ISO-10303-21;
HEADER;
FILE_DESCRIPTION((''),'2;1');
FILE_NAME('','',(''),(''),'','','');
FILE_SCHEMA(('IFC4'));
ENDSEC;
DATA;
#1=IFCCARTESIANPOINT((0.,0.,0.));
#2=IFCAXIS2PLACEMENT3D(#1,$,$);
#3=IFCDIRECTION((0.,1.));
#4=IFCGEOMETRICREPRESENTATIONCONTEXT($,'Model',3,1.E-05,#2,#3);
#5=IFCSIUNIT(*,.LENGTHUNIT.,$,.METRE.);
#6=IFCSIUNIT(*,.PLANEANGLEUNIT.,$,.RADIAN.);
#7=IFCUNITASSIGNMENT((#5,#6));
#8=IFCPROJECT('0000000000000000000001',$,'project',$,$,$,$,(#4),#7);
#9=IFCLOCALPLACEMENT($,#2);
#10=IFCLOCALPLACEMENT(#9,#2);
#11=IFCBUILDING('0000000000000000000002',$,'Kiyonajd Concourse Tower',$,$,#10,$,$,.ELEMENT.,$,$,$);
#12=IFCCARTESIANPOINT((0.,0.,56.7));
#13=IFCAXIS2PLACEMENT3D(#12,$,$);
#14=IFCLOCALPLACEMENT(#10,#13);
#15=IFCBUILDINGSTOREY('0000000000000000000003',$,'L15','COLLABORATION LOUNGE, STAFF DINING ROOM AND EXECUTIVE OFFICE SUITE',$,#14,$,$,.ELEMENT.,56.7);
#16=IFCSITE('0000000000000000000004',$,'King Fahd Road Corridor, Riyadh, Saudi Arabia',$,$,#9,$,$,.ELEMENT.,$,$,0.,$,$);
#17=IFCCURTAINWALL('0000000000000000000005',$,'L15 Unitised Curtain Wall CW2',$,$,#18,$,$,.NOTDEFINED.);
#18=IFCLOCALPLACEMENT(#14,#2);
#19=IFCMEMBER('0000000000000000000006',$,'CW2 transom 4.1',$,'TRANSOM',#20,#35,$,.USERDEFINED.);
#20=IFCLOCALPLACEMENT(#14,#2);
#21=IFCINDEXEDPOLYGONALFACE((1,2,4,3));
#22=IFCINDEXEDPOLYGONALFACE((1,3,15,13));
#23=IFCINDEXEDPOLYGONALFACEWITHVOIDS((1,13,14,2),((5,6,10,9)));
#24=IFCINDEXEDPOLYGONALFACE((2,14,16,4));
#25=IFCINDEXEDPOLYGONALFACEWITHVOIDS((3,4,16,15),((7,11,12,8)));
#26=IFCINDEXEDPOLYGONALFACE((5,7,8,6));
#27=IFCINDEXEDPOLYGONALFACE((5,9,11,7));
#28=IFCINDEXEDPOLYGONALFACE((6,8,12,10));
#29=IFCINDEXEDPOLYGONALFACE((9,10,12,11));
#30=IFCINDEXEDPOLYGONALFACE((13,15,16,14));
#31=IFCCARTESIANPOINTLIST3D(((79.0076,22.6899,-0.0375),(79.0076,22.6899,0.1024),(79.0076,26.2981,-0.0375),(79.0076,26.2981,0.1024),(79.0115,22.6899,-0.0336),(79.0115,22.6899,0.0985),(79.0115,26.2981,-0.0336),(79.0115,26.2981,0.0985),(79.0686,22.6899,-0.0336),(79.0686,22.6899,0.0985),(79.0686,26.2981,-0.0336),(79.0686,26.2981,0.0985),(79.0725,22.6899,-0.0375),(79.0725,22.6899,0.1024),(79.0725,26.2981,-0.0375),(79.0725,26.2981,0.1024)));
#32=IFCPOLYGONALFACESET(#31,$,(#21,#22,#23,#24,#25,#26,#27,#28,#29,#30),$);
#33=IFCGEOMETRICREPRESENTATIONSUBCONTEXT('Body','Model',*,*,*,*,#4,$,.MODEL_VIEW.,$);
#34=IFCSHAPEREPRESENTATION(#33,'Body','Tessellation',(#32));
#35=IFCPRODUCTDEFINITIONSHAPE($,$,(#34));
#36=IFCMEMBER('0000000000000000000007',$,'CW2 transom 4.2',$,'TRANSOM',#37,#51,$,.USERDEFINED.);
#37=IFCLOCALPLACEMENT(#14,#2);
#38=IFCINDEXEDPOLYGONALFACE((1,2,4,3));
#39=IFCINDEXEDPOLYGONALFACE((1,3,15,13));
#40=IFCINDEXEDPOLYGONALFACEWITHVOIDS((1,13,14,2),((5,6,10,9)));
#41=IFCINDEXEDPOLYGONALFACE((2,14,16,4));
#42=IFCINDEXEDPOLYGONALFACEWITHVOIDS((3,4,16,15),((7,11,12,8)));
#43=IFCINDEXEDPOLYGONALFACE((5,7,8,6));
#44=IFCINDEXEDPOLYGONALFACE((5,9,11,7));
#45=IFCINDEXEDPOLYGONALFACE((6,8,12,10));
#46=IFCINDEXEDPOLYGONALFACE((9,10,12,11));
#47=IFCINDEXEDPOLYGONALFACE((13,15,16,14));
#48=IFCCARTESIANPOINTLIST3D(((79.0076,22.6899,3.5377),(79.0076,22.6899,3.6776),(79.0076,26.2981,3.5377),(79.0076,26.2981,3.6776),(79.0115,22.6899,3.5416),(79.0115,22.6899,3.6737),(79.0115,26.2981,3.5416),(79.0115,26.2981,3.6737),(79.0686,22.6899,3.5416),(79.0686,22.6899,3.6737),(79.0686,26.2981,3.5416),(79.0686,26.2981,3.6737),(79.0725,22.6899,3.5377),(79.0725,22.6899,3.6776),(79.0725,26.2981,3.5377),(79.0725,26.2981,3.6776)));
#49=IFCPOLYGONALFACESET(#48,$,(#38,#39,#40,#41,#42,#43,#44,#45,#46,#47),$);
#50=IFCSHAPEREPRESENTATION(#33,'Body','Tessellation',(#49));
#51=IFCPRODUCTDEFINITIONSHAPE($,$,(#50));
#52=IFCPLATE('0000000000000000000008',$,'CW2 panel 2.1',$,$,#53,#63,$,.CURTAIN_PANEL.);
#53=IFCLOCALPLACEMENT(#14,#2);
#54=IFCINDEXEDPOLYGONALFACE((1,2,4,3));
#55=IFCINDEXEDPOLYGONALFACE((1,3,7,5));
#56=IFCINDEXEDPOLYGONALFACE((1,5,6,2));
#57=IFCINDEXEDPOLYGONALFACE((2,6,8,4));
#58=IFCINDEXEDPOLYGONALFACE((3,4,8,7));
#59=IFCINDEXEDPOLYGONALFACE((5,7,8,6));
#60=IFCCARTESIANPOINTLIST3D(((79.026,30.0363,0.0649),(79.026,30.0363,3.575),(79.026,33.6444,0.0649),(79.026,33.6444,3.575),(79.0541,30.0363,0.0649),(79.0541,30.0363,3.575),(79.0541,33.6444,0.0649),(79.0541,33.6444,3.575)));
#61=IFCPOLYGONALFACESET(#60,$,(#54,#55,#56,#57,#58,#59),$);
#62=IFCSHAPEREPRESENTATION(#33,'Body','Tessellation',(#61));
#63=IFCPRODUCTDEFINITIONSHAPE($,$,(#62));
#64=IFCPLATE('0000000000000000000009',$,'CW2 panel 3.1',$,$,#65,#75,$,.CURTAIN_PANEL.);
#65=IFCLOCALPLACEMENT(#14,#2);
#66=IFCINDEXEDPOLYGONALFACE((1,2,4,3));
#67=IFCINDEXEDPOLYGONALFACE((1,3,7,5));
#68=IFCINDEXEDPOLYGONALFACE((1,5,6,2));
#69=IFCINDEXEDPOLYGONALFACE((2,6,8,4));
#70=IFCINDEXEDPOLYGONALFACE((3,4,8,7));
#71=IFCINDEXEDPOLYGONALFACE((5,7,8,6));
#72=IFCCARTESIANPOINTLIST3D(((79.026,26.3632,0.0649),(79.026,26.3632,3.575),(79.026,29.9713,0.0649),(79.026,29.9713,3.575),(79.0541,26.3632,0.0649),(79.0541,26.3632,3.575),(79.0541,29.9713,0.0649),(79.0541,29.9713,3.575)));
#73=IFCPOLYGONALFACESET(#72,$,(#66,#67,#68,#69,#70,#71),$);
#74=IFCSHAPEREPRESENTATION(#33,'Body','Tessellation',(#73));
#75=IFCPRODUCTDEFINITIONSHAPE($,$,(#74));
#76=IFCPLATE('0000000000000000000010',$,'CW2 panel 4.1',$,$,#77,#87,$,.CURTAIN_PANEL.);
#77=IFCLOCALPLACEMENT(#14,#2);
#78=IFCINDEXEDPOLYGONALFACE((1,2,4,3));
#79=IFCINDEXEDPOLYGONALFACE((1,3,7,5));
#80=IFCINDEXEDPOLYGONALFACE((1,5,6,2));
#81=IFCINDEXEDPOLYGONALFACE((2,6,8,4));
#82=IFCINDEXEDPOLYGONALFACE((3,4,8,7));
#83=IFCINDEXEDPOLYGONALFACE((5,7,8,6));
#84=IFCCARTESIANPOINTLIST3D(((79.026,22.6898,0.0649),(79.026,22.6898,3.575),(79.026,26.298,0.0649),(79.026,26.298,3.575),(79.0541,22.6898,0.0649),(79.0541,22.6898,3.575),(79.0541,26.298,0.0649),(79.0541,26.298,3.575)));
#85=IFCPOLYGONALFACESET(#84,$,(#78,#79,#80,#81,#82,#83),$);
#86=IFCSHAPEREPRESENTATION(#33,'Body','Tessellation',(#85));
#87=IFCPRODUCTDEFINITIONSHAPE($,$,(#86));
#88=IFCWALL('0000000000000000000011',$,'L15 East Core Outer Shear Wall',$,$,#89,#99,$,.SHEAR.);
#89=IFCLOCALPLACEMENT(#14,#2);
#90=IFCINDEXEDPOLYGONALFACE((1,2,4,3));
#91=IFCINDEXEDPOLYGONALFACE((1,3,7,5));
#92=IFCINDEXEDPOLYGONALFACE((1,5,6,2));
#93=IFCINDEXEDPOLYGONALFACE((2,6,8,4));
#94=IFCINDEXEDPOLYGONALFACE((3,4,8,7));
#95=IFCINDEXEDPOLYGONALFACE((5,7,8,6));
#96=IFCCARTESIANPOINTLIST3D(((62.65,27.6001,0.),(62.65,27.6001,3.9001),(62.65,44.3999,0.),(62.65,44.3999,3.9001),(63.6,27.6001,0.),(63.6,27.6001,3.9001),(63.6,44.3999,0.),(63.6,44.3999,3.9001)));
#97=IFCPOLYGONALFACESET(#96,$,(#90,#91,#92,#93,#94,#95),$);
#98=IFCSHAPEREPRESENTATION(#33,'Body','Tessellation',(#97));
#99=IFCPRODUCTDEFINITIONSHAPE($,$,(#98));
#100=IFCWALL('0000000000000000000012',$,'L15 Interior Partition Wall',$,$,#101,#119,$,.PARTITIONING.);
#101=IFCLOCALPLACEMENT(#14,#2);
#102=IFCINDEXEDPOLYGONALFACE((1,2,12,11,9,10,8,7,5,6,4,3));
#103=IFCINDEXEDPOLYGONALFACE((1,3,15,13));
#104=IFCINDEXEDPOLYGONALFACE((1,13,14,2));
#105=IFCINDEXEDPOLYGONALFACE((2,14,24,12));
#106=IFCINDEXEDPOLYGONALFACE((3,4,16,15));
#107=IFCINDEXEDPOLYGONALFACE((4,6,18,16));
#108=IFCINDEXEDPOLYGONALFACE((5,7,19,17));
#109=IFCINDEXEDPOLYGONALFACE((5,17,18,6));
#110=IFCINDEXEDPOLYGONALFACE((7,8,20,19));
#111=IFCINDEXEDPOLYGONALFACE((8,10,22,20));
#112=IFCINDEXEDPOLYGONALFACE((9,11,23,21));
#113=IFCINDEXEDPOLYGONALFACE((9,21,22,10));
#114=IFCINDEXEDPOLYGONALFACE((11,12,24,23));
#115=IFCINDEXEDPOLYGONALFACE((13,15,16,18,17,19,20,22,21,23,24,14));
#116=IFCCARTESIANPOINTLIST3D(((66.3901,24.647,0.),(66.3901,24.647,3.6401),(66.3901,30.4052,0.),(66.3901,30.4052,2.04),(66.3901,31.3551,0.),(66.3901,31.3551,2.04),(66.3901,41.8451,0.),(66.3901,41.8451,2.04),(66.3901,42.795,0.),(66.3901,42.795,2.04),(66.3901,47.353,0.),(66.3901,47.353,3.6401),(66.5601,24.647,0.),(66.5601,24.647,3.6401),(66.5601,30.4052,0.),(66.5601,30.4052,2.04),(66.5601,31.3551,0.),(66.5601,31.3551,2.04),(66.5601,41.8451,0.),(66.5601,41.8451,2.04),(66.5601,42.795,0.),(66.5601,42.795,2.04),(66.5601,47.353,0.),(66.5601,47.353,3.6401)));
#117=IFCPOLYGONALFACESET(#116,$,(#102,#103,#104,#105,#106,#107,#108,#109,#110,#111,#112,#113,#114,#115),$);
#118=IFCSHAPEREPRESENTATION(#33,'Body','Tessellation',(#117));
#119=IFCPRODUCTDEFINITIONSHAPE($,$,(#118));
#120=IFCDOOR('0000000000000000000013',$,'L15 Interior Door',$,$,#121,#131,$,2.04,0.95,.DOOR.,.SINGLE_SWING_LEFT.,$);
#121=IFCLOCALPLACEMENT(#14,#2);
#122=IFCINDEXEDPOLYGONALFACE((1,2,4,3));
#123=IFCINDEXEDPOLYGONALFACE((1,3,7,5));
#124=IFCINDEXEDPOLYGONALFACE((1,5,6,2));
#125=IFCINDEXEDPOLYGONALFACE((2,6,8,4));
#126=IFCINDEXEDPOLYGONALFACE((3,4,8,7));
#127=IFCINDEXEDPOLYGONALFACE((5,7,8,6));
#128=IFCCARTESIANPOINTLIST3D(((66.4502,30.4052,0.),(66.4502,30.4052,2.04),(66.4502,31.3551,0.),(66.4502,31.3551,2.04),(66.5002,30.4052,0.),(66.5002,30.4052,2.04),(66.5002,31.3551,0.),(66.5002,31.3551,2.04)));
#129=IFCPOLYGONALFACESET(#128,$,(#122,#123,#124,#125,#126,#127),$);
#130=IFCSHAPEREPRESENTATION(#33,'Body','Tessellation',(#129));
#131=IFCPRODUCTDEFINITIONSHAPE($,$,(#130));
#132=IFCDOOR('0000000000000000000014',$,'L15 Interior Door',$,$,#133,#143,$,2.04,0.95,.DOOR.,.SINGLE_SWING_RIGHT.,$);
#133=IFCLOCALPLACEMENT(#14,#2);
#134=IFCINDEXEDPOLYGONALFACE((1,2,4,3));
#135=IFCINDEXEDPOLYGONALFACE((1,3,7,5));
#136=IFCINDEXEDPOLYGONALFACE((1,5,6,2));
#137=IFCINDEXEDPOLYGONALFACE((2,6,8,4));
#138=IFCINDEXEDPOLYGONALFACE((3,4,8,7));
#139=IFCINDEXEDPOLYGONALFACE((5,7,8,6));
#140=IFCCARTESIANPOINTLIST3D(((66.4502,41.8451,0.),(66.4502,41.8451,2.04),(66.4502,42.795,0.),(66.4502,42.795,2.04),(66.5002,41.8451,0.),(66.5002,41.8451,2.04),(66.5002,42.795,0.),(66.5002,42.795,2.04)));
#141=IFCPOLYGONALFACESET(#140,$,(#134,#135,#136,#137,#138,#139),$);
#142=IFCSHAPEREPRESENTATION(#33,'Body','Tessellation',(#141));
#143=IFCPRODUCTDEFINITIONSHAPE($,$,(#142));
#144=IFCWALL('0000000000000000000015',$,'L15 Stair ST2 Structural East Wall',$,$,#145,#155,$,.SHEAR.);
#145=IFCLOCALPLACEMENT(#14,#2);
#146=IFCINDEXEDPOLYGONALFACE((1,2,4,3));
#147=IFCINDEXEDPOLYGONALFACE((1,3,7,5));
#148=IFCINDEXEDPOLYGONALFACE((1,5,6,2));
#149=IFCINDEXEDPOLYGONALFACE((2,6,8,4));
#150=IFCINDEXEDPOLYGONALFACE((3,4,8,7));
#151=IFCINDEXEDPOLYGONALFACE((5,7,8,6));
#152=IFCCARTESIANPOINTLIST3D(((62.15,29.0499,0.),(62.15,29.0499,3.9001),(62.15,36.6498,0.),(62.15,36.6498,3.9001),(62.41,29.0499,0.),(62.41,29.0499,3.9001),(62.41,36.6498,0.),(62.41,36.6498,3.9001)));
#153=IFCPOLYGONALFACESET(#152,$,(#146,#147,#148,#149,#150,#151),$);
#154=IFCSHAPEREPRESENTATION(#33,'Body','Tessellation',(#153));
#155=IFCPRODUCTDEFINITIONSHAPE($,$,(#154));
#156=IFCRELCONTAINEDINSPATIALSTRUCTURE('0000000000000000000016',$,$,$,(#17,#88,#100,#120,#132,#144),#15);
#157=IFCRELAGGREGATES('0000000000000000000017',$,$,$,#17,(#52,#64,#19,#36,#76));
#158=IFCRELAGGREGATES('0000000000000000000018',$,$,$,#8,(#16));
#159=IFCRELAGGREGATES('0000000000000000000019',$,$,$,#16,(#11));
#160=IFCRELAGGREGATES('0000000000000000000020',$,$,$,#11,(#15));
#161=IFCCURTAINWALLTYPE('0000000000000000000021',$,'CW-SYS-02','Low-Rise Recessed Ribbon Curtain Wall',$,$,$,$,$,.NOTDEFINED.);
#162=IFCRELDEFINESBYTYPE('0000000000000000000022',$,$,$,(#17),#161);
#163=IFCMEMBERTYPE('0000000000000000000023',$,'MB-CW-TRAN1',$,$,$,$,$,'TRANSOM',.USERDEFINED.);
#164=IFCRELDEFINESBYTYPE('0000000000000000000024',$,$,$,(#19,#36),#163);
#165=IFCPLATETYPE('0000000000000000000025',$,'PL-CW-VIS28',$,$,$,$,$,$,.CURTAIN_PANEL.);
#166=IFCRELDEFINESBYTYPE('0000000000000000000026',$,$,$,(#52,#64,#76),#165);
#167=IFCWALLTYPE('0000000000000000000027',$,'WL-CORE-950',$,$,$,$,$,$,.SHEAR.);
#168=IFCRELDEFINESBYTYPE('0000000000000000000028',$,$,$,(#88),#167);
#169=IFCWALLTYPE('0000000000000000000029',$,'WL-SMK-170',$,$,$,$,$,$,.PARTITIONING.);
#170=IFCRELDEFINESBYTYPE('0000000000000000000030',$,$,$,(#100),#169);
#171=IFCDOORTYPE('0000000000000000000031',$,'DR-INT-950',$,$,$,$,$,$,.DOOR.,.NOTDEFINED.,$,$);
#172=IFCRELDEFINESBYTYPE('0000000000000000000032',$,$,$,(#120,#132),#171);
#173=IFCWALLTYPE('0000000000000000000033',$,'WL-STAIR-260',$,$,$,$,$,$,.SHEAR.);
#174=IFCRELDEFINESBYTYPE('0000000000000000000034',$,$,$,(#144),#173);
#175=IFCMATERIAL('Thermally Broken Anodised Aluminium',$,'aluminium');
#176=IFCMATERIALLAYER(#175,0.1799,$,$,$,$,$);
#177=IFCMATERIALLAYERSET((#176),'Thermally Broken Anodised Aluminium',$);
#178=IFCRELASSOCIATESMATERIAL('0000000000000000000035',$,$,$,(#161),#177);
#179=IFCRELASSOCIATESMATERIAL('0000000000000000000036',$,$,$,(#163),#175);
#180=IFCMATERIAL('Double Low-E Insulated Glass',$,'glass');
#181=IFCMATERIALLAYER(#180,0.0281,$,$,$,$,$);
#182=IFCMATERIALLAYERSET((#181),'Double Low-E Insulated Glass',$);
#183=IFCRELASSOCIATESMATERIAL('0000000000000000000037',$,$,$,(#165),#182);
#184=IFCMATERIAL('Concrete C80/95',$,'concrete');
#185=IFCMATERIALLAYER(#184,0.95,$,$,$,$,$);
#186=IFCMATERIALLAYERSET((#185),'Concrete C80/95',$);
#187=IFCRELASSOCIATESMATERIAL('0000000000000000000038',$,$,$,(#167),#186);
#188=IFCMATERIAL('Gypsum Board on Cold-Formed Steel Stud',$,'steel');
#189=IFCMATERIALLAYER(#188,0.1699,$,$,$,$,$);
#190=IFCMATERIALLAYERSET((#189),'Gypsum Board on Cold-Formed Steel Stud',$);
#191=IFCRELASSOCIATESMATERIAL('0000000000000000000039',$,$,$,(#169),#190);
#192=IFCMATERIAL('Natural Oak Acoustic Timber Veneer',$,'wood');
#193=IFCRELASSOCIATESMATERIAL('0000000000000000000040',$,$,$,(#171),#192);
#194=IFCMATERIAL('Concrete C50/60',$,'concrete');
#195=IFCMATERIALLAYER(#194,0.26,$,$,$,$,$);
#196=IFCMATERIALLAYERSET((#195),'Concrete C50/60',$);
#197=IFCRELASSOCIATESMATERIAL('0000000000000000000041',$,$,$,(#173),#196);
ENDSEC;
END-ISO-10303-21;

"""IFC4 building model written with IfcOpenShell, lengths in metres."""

from ifc_helpers import new_model, si_unit, direction, frame, frame_2d, origin, origin_2d, place, context, subcontext, project, spatial, rectangle, hollow_rectangle, extrude, material, layer, layer_set, material_profile, profile_set, type_object, element, fill, aggregate, save


model = new_model("IFC4")

# Units and contexts
model_context = context("Model", 3, precision=1e-05, world=origin(), true_north=direction((0.0, 1.0)))
body_context = subcontext(model_context, "Body", "Model", "MODEL_VIEW")
ifc_project = project(units=[si_unit("LENGTHUNIT", "METRE"), si_unit("PLANEANGLEUNIT", "RADIAN")], contexts=[model_context])

# Site, building, storey
site_placement = place(None, origin())
site = spatial("IfcSite", under=ifc_project, at=site_placement, Name="King Fahd Road Corridor, Riyadh, Saudi Arabia", CompositionType="ELEMENT", RefElevation=0.0)
building_placement = place(site_placement, origin())
building = spatial("IfcBuilding", under=site, at=building_placement, Name="Kiyonajd Concourse Tower", CompositionType="ELEMENT")
storey_placement = place(building_placement, frame((0.0, 0.0, 56.7)))
storey = spatial("IfcBuildingStorey", under=building, at=storey_placement, Name="L15", Description="COLLABORATION LOUNGE, STAFF DINING ROOM AND EXECUTIVE OFFICE SUITE", CompositionType="ELEMENT", Elevation=56.7)

# Shared definitions
ifc_material_1 = material(Name="Concrete C80/95", Category="concrete")

# Curtain wall, members, plates
ifc_material_2 = material(Name="Thermally Broken Anodised Aluminium", Category="aluminium")
ifc_layer_1 = layer(ifc_material_2, 0.1799)
ifc_layer_set_1 = layer_set([ifc_layer_1], Name="Thermally Broken Anodised Aluminium")
curtain_wall_type = type_object("IfcCurtainWallType", Name="CW-SYS-02", Description="Low-Rise Recessed Ribbon Curtain Wall", PredefinedType="NOTDEFINED", material=ifc_layer_set_1)
curtain_wall_placement = place(storey_placement, origin())
curtain_wall = element("IfcCurtainWall", 1, at=curtain_wall_placement, inside=storey, type_object=curtain_wall_type, Name="L15 Unitised Curtain Wall CW2", PredefinedType="NOTDEFINED")
ifc_material_profile_1 = material_profile(ifc_material_2, hollow_rectangle(XDim=0.0649, YDim=0.1399, WallThickness=0.0039, at=origin_2d()), Name="TRAN-65x140")
ifc_profile_set_1 = profile_set([ifc_material_profile_1], Name="Thermally Broken Anodised Aluminium")
member_type_1 = type_object("IfcMemberType", Name="MB-CW-TRAN1", ElementType="TRANSOM", PredefinedType="USERDEFINED", material=ifc_profile_set_1)
member_1_placement = place(storey_placement, frame((79.04, 26.2981, 0.0325), z_axis=(0.0, -1.0, 0.0), x_axis=(1.0, 0.0, 0.0)))
member_1 = element("IfcMember", 2, at=member_1_placement, type_object=member_type_1, Name="CW2 transom 4.1", ObjectType="TRANSOM", PredefinedType="USERDEFINED", context=body_context, shape_type="SweptSolid", body=[
    extrude(hollow_rectangle(XDim=0.0649, YDim=0.1399, WallThickness=0.0039, at=origin_2d()), origin(), (0.0, 0.0, 1.0), 3.6082),
])
member_2_placement = place(storey_placement, frame((79.04, 26.2981, 3.6077), z_axis=(0.0, -1.0, 0.0), x_axis=(1.0, 0.0, 0.0)))
member_2 = element("IfcMember", 3, at=member_2_placement, type_object=member_type_1, Name="CW2 transom 4.2", ObjectType="TRANSOM", PredefinedType="USERDEFINED", context=body_context, shape_type="SweptSolid", body=[
    extrude(hollow_rectangle(XDim=0.0649, YDim=0.1399, WallThickness=0.0039, at=origin_2d()), origin(), (0.0, 0.0, 1.0), 3.6082),
])
ifc_material_3 = material(Name="Double Low-E Insulated Glass", Category="glass")
ifc_layer_2 = layer(ifc_material_3, 0.0281)
ifc_layer_set_2 = layer_set([ifc_layer_2], Name="Double Low-E Insulated Glass")
plate_type = type_object("IfcPlateType", Name="PL-CW-VIS28", PredefinedType="CURTAIN_PANEL", material=ifc_layer_set_2)
plate_1_placement = place(storey_placement, frame((79.04, 31.8403, 0.0649), z_axis=(0.0, 0.0, 1.0), x_axis=(0.0, -1.0, 0.0)))
plate_1 = element("IfcPlate", 4, at=plate_1_placement, type_object=plate_type, Name="CW2 panel 2.1", PredefinedType="CURTAIN_PANEL", context=body_context, shape_type="SweptSolid", body=[
    extrude(rectangle(XDim=3.6082, YDim=0.0281, at=origin_2d()), origin(), (0.0, 0.0, 1.0), 3.51),
])
plate_2_placement = place(storey_placement, frame((79.04, 28.1672, 0.0649), z_axis=(0.0, 0.0, 1.0), x_axis=(0.0, -1.0, 0.0)))
plate_2 = element("IfcPlate", 5, at=plate_2_placement, type_object=plate_type, Name="CW2 panel 3.1", PredefinedType="CURTAIN_PANEL", context=body_context, shape_type="SweptSolid", body=[
    extrude(rectangle(XDim=3.6082, YDim=0.0281, at=origin_2d()), origin(), (0.0, 0.0, 1.0), 3.51),
])
plate_3_placement = place(storey_placement, frame((79.04, 24.4939, 0.0649), z_axis=(0.0, 0.0, 1.0), x_axis=(0.0, -1.0, 0.0)))
plate_3 = element("IfcPlate", 6, at=plate_3_placement, type_object=plate_type, Name="CW2 panel 4.1", PredefinedType="CURTAIN_PANEL", context=body_context, shape_type="SweptSolid", body=[
    extrude(rectangle(XDim=3.6082, YDim=0.0281, at=origin_2d()), origin(), (0.0, 0.0, 1.0), 3.51),
])
aggregate(curtain_wall, [plate_1, plate_2, member_1, member_2, plate_3])

# Wall
ifc_layer_3 = layer(ifc_material_1, 0.95)
ifc_layer_set_3 = layer_set([ifc_layer_3], Name="Concrete C80/95")
wall_type_1 = type_object("IfcWallType", Name="WL-CORE-950", PredefinedType="SHEAR", material=ifc_layer_set_3)
wall_1_placement = place(storey_placement, frame((63.125, 27.6001, 0.0), z_axis=(0.0, 0.0, 1.0), x_axis=(0.0, 1.0, 0.0)))
element("IfcWall", 7, at=wall_1_placement, inside=storey, type_object=wall_type_1, Name="L15 East Core Outer Shear Wall", PredefinedType="SHEAR", context=body_context, shape_type="SweptSolid", body=[
    extrude(rectangle(XDim=16.7998, YDim=0.95, at=frame_2d((8.3999, 0.0))), origin(), (0.0, 0.0, 1.0), 3.9001),
])

# Wall, openings, doors
ifc_material_4 = material(Name="Gypsum Board on Cold-Formed Steel Stud", Category="steel")
ifc_layer_4 = layer(ifc_material_4, 0.1699)
ifc_layer_set_4 = layer_set([ifc_layer_4], Name="Gypsum Board on Cold-Formed Steel Stud")
wall_type_2 = type_object("IfcWallType", Name="WL-SMK-170", PredefinedType="PARTITIONING", material=ifc_layer_set_4)
wall_2_placement = place(storey_placement, frame((66.4751, 24.647, 0.0), z_axis=(0.0, 0.0, 1.0), x_axis=(0.0, 1.0, 0.0)))
wall_2 = element("IfcWall", 8, at=wall_2_placement, inside=storey, type_object=wall_type_2, Name="L15 Interior Partition Wall", PredefinedType="PARTITIONING", context=body_context, shape_type="SweptSolid", body=[
    extrude(rectangle(XDim=22.7061, YDim=0.1699, at=frame_2d((11.353, 0.0))), origin(), (0.0, 0.0, 1.0), 3.6401),
])
opening_1_placement = place(wall_2_placement, frame((5.7581, 0.0, 0.0)))
opening_1 = element("IfcOpeningElement", 9, at=opening_1_placement, cuts=wall_2, PredefinedType="OPENING", context=body_context, shape_type="SweptSolid", body=[
    extrude(rectangle(XDim=0.95, YDim=2.04, at=frame_2d((0.4751, 1.02))), frame((0.0, 0.095, 0.0), z_axis=(0.0, -1.0, 0.0), x_axis=(1.0, 0.0, 0.0)), (0.0, 0.0, 1.0), 0.1899),
])
opening_2_placement = place(wall_2_placement, frame((17.198, 0.0, 0.0)))
opening_2 = element("IfcOpeningElement", 10, at=opening_2_placement, cuts=wall_2, PredefinedType="OPENING", context=body_context, shape_type="SweptSolid", body=[
    extrude(rectangle(XDim=0.95, YDim=2.04, at=frame_2d((0.4751, 1.02))), frame((0.0, 0.095, 0.0), z_axis=(0.0, -1.0, 0.0), x_axis=(1.0, 0.0, 0.0)), (0.0, 0.0, 1.0), 0.1899),
])
ifc_material_5 = material(Name="Natural Oak Acoustic Timber Veneer", Category="wood")
door_type = type_object("IfcDoorType", Name="DR-INT-950", OperationType="NOTDEFINED", PredefinedType="DOOR", material=ifc_material_5)
door_1_placement = place(opening_1_placement, origin())
door_1 = element("IfcDoor", 11, at=door_1_placement, inside=storey, type_object=door_type, Name="L15 Interior Door", OperationType="SINGLE_SWING_LEFT", OverallHeight=2.04, OverallWidth=0.95, PredefinedType="DOOR", context=body_context, shape_type="SweptSolid", body=[
    extrude(rectangle(XDim=0.95, YDim=2.04, at=frame_2d((0.4751, 1.02))), frame((0.0, 0.0249, 0.0), z_axis=(0.0, -1.0, 0.0), x_axis=(1.0, 0.0, 0.0)), (0.0, 0.0, 1.0), 0.05),
])
fill(opening_1, door_1)
door_2_placement = place(opening_2_placement, origin())
door_2 = element("IfcDoor", 12, at=door_2_placement, inside=storey, type_object=door_type, Name="L15 Interior Door", OperationType="SINGLE_SWING_RIGHT", OverallHeight=2.04, OverallWidth=0.95, PredefinedType="DOOR", context=body_context, shape_type="SweptSolid", body=[
    extrude(rectangle(XDim=0.95, YDim=2.04, at=frame_2d((0.4751, 1.02))), frame((0.0, 0.0249, 0.0), z_axis=(0.0, -1.0, 0.0), x_axis=(1.0, 0.0, 0.0)), (0.0, 0.0, 1.0), 0.05),
])
fill(opening_2, door_2)

# Wall
ifc_material_6 = material(Name="Concrete C50/60", Category="concrete")
ifc_layer_5 = layer(ifc_material_6, 0.26)
ifc_layer_set_5 = layer_set([ifc_layer_5], Name="Concrete C50/60")
wall_type_3 = type_object("IfcWallType", Name="WL-STAIR-260", PredefinedType="SHEAR", material=ifc_layer_set_5)
wall_3_placement = place(storey_placement, frame((62.28, 29.05, 0.0), z_axis=(0.0, 0.0, 1.0), x_axis=(0.0, 1.0, 0.0)))
element("IfcWall", 13, at=wall_3_placement, inside=storey, type_object=wall_type_3, Name="L15 Stair ST2 Structural East Wall", PredefinedType="SHEAR", context=body_context, shape_type="SweptSolid", body=[
    extrude(rectangle(XDim=7.5999, YDim=0.26, at=frame_2d((3.7998, 0.0))), origin(), (0.0, 0.0, 1.0), 3.9001),
])

save(model, "model.ifc")
